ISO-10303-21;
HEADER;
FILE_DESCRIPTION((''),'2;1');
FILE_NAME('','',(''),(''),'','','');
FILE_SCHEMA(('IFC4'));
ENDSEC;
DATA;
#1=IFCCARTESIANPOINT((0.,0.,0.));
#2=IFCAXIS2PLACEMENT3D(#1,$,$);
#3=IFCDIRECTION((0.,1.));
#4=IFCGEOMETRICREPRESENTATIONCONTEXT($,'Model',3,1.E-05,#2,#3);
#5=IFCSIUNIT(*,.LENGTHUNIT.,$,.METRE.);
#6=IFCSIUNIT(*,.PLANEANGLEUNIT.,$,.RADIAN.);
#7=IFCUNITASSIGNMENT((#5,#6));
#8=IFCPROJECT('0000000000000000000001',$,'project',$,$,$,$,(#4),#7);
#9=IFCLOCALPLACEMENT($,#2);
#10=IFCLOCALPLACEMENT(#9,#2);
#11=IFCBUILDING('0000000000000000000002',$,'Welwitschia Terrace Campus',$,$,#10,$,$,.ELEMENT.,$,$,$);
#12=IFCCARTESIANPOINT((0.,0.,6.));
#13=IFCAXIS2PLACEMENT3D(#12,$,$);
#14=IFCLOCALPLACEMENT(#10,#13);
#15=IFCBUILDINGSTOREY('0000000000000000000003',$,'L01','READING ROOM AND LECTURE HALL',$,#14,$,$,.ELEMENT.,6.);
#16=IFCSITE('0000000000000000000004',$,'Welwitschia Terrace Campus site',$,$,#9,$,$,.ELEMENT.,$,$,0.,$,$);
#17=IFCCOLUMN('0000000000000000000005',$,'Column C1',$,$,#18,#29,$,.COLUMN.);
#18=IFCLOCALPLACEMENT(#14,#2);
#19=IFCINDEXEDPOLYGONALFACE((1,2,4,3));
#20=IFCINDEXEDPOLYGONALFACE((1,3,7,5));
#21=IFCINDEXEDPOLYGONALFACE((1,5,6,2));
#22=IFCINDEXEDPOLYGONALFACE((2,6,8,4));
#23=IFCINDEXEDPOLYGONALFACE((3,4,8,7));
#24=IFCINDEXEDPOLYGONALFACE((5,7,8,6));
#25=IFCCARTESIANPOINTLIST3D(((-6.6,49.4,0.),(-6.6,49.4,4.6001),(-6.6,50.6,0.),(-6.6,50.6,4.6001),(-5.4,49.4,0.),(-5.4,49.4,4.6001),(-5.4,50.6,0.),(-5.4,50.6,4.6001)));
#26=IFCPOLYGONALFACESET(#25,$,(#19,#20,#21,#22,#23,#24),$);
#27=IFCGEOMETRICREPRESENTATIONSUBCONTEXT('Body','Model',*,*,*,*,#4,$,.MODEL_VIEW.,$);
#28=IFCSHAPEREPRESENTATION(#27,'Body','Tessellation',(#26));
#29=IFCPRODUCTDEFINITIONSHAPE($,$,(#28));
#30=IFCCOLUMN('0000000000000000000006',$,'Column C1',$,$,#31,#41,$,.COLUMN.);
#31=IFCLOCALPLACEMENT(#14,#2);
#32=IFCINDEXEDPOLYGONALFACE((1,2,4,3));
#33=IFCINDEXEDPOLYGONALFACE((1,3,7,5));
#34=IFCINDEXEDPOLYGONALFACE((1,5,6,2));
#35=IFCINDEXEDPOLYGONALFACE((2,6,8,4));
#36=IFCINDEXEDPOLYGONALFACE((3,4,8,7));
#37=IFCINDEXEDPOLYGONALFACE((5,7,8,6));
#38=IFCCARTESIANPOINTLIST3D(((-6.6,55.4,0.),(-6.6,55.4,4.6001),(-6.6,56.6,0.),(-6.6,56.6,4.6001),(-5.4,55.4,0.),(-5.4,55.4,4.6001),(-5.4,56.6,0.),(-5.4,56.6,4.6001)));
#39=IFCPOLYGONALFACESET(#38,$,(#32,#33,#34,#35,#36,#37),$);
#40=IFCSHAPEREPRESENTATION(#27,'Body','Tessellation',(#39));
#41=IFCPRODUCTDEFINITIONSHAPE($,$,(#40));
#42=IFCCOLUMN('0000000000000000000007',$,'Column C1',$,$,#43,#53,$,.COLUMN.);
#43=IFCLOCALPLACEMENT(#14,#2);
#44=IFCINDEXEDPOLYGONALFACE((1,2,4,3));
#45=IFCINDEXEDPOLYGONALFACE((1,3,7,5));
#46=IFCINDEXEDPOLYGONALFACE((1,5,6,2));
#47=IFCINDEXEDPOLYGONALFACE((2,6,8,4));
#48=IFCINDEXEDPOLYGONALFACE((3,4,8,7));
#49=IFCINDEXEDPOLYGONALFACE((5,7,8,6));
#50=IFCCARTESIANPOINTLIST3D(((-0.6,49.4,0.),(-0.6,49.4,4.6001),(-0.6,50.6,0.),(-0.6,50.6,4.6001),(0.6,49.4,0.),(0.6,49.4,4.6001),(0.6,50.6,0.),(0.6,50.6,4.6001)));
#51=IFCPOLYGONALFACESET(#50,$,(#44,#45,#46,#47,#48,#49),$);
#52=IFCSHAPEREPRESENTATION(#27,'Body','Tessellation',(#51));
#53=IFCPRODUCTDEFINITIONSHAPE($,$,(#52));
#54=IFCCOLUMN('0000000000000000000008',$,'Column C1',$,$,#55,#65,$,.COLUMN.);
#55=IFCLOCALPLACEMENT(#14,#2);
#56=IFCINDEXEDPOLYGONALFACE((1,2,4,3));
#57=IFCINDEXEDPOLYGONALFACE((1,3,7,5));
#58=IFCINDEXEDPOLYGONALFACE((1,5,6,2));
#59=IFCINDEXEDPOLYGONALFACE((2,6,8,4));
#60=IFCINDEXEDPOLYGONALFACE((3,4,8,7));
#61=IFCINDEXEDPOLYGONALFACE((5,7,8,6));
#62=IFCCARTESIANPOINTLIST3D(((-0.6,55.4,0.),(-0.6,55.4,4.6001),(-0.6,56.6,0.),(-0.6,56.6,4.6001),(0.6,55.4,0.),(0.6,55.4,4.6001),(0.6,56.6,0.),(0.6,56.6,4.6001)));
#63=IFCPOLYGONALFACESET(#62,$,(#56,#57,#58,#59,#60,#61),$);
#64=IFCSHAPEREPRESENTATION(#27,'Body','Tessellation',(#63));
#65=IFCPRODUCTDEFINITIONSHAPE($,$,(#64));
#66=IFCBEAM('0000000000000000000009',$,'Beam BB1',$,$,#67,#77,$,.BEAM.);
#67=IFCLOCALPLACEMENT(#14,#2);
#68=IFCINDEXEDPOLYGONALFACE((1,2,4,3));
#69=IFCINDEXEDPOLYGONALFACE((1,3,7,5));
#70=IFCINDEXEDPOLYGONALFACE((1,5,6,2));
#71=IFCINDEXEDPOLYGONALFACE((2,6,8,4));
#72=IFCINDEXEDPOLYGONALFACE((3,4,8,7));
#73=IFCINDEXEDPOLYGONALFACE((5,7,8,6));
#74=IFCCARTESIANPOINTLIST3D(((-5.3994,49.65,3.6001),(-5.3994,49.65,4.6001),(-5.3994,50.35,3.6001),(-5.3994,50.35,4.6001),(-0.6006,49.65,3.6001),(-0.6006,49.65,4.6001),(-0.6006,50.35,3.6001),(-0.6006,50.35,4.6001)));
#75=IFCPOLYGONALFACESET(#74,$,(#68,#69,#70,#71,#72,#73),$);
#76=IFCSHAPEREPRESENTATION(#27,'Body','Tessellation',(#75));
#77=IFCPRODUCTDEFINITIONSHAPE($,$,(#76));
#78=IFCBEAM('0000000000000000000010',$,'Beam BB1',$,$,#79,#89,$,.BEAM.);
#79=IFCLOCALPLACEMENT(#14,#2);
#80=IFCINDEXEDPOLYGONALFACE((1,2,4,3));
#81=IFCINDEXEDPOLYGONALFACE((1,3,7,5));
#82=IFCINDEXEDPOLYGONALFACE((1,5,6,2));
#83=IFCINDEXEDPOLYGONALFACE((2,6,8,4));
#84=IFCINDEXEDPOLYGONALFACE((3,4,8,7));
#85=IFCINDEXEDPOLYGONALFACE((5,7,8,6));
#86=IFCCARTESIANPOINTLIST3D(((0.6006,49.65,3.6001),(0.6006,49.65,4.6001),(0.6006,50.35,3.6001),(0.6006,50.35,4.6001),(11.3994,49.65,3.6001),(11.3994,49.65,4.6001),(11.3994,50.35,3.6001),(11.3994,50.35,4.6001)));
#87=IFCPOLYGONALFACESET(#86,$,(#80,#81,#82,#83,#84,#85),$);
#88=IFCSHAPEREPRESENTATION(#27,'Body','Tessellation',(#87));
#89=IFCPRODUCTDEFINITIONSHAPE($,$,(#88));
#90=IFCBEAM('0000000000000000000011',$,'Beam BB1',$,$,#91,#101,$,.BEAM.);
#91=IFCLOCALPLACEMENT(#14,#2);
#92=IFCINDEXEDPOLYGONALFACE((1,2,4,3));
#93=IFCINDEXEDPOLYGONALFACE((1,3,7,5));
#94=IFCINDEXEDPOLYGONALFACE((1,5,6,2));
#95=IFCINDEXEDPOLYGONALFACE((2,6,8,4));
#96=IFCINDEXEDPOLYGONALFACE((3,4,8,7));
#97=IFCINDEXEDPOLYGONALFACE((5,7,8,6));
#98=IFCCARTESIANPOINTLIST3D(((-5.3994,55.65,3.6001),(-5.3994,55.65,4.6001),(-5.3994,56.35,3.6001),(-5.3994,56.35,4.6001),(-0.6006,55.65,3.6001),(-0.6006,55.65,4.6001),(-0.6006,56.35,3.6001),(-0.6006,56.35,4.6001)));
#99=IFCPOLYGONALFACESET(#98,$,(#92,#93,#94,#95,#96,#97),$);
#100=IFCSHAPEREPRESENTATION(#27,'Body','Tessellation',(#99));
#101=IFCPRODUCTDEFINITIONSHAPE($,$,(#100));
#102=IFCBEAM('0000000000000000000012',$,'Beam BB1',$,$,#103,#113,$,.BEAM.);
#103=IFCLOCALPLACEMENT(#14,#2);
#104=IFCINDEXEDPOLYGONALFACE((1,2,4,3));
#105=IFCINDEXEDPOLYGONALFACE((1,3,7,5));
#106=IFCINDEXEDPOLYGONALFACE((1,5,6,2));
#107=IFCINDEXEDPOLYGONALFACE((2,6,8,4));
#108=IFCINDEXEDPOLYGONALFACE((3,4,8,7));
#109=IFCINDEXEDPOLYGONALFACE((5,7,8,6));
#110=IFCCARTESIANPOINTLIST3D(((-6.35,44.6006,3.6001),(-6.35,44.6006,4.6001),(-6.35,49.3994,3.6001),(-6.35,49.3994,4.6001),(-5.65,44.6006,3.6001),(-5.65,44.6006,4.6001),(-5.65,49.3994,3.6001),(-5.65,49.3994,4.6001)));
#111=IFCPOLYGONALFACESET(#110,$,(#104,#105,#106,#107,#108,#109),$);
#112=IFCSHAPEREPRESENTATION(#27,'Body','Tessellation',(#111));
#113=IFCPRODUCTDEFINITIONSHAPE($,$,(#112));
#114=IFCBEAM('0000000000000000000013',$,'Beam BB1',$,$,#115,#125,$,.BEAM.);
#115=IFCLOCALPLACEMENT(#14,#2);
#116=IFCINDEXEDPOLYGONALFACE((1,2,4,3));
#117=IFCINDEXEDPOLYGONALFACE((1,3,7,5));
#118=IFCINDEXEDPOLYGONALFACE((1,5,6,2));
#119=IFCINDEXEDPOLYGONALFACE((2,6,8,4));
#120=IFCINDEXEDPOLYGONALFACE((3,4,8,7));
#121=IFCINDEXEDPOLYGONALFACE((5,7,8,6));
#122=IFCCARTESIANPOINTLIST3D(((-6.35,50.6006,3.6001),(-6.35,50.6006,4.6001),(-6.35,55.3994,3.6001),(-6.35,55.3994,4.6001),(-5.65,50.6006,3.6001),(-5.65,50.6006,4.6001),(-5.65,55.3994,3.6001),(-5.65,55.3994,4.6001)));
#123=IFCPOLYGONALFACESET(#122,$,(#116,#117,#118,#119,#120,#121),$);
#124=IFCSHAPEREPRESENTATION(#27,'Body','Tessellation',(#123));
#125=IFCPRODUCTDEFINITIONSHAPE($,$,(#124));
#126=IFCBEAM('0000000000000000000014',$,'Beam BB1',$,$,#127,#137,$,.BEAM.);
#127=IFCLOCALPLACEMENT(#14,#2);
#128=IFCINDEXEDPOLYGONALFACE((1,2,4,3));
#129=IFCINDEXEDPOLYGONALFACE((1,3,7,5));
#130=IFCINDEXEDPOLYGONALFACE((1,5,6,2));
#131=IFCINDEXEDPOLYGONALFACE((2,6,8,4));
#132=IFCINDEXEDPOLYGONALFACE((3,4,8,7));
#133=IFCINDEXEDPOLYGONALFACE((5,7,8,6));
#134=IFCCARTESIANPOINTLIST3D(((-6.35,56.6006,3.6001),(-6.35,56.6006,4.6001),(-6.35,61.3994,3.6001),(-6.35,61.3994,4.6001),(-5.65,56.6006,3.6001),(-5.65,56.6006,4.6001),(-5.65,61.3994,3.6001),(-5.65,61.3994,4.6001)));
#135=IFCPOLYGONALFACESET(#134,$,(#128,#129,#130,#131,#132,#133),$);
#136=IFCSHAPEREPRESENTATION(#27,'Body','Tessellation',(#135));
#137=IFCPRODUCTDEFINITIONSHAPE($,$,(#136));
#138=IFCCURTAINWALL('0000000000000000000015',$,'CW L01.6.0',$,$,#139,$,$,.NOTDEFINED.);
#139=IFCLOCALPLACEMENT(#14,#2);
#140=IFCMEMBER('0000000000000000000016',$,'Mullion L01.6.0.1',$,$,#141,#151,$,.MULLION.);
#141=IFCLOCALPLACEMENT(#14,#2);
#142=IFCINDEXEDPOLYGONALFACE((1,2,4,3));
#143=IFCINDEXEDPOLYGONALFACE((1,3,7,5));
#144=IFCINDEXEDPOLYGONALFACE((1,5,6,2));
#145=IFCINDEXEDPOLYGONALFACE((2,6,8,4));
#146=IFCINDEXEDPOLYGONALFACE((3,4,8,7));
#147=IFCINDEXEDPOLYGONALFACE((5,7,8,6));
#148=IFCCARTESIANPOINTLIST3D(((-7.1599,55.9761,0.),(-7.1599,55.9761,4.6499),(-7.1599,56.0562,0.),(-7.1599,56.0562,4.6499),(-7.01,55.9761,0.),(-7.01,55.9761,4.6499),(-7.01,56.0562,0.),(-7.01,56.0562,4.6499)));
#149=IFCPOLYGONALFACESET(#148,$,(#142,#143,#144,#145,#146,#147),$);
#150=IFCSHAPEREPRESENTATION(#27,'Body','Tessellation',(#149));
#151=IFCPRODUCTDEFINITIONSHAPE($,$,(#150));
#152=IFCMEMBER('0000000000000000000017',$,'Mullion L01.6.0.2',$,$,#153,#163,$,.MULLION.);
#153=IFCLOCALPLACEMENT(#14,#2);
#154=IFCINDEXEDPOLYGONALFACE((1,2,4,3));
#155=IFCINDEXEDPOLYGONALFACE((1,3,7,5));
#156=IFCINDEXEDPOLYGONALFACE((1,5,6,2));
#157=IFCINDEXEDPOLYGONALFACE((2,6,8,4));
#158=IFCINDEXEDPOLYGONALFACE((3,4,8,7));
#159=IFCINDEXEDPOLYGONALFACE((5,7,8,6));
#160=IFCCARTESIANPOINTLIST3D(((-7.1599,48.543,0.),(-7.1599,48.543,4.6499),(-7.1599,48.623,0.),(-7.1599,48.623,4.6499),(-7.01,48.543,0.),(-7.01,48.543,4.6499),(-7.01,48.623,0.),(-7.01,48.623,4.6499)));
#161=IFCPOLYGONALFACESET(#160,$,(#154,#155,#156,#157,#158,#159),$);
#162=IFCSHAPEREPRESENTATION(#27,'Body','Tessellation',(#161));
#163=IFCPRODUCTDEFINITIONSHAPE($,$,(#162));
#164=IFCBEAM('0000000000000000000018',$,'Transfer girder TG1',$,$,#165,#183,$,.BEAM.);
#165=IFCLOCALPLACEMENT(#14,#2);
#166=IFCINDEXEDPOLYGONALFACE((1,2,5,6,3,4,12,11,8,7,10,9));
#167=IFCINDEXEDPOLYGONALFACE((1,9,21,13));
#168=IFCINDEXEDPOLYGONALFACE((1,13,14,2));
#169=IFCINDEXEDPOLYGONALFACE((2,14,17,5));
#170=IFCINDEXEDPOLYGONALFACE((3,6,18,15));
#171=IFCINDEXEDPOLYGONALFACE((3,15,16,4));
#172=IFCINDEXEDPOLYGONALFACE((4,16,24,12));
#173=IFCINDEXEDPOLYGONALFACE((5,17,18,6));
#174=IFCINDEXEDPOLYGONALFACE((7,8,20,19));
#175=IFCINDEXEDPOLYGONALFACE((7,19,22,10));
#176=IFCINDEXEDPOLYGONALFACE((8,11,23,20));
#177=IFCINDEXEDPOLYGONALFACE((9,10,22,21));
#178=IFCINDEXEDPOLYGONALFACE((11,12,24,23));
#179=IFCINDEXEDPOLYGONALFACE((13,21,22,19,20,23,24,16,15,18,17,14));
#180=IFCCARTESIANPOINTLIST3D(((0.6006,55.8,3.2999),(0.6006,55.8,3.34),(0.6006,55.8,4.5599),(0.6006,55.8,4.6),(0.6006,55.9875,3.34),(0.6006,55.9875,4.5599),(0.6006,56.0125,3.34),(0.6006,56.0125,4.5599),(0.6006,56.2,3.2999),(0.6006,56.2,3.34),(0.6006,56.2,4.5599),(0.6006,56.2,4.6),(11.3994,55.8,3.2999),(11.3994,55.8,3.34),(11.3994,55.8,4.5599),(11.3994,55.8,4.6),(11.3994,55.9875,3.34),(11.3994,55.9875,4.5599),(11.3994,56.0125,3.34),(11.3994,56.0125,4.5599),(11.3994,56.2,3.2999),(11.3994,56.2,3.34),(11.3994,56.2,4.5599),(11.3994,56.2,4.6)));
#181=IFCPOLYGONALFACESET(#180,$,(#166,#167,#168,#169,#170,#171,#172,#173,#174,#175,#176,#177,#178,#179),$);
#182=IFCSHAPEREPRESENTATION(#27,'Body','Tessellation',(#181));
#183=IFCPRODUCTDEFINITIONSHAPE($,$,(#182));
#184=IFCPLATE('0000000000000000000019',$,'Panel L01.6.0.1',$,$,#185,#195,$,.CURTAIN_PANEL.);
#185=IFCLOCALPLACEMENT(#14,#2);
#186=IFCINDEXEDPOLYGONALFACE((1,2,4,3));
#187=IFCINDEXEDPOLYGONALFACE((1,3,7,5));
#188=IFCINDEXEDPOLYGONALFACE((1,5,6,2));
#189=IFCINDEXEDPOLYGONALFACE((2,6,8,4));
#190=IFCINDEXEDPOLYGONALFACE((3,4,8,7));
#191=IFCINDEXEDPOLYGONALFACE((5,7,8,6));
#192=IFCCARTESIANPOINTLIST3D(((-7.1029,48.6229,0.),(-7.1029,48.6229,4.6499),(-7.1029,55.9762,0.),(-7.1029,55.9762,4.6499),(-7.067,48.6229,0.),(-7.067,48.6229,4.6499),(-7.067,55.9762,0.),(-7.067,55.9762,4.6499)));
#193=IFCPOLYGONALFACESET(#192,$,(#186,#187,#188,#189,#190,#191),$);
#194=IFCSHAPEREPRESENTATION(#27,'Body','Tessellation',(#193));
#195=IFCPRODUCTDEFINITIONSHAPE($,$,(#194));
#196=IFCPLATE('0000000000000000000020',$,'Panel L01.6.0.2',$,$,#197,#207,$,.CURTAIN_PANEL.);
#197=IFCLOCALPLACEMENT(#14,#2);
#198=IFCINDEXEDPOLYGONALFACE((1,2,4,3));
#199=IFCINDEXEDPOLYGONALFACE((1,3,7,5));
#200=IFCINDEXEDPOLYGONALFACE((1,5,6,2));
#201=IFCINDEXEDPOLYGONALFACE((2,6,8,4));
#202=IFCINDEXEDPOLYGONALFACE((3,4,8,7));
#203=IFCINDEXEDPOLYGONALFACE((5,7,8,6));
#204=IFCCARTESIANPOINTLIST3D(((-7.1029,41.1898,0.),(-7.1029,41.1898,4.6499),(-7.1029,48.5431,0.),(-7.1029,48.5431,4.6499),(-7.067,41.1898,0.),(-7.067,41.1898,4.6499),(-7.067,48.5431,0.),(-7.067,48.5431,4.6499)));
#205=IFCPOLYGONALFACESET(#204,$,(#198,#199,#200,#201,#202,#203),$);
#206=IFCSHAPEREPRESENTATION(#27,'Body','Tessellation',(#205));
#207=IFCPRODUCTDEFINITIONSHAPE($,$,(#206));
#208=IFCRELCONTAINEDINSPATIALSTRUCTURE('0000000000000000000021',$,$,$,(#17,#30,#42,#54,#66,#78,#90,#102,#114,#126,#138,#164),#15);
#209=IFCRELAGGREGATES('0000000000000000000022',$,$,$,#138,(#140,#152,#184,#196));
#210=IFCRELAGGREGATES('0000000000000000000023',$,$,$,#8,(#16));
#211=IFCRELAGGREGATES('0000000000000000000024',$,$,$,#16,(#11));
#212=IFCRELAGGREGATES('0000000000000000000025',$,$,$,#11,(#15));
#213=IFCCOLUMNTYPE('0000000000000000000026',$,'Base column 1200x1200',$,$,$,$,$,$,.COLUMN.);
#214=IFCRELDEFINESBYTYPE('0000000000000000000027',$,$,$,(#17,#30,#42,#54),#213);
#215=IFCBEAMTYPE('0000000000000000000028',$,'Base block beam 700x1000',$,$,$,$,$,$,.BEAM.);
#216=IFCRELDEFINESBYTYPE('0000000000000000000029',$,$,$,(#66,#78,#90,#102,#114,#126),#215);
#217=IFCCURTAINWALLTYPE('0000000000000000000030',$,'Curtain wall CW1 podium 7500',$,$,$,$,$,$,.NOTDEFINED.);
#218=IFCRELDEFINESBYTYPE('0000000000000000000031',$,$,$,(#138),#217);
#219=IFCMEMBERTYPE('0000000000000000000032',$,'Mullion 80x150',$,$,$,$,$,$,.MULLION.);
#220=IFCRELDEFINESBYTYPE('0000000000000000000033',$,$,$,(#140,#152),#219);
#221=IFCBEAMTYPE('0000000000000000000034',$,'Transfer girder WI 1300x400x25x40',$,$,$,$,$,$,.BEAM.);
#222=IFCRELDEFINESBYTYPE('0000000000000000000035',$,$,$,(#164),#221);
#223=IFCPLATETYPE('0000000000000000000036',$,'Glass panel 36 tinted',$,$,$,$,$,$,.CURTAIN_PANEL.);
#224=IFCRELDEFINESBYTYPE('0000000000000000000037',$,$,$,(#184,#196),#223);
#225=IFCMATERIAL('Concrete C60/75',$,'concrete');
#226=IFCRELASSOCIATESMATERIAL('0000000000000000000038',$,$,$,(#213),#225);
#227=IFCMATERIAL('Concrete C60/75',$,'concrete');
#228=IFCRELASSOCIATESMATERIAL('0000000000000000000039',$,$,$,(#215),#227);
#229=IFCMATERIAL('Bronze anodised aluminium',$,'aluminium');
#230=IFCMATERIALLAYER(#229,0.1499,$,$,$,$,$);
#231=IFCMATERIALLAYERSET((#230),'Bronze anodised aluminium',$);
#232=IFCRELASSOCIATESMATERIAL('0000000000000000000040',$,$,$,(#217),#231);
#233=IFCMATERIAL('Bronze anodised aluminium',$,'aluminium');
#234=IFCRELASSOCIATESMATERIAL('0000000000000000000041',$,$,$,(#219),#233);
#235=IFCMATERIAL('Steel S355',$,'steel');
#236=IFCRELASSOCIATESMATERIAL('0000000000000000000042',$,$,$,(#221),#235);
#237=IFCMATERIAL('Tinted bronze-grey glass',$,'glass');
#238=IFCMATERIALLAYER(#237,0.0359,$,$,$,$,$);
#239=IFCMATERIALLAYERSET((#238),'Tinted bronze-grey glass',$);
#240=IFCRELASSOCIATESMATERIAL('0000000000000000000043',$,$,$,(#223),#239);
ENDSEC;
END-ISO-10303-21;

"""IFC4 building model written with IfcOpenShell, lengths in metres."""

from ifc_helpers import new_model, si_unit, direction, frame, origin, origin_2d, place, context, subcontext, project, spatial, rectangle, i_section, extrude, material, layer, layer_set, material_profile, profile_set, type_object, element, aggregate, save


model = new_model("IFC4")

# Units and contexts
model_context = context("Model", 3, precision=1e-05, world=origin(), true_north=direction((0.0, 1.0)))
body_context = subcontext(model_context, "Body", "Model", "MODEL_VIEW")
ifc_project = project(units=[si_unit("LENGTHUNIT", "METRE"), si_unit("PLANEANGLEUNIT", "RADIAN")], contexts=[model_context])

# Site, building, storey
site_placement = place(None, origin())
site = spatial("IfcSite", under=ifc_project, at=site_placement, Name="Welwitschia Terrace Campus site", CompositionType="ELEMENT", RefElevation=0.0)
building_placement = place(site_placement, origin())
building = spatial("IfcBuilding", under=site, at=building_placement, Name="Welwitschia Terrace Campus", CompositionType="ELEMENT")
storey_placement = place(building_placement, frame((0.0, 0.0, 6.0)))
storey = spatial("IfcBuildingStorey", under=building, at=storey_placement, Name="L01", Description="READING ROOM AND LECTURE HALL", CompositionType="ELEMENT", Elevation=6.0)

# Columns
ifc_material_1 = material(Name="Concrete C60/75", Category="concrete")
ifc_material_profile_1 = material_profile(ifc_material_1, rectangle(XDim=1.2, YDim=1.2, at=origin_2d()))
ifc_profile_set_1 = profile_set([ifc_material_profile_1], Name="Concrete C60/75")
column_type = type_object("IfcColumnType", Name="Base column 1200x1200", PredefinedType="COLUMN", material=ifc_profile_set_1)
for number, where, z_axis, x_axis, name in (
    (1, (-6.0, 50.0, 0.0), (0.0, 0.0, 1.0), (1.0, 0.0, 0.0), "Column C1"),
    (2, (-6.0, 56.0, 0.0), (0.0, 0.0, 1.0), (1.0, 0.0, 0.0), "Column C1"),
    (3, (0.0, 50.0, 0.0), (0.0, 0.0, 1.0), (1.0, 0.0, 0.0), "Column C1"),
    (4, (0.0, 56.0, 0.0), (0.0, 0.0, 1.0), (1.0, 0.0, 0.0), "Column C1"),
):
    element("IfcColumn", number, at=place(storey_placement, frame(where, z_axis=z_axis, x_axis=x_axis)), inside=storey, type_object=column_type, Name=name, PredefinedType="COLUMN", context=body_context, shape_type="SweptSolid", body=[
        extrude(rectangle(XDim=1.2, YDim=1.2, at=origin_2d()), origin(), (0.0, 0.0, 1.0), 4.6001),
    ])

# Beams
ifc_material_2 = material(Name="Concrete C60/75", Category="concrete")
ifc_material_profile_2 = material_profile(ifc_material_2, rectangle(XDim=0.7, YDim=1.0, at=origin_2d()))
ifc_profile_set_2 = profile_set([ifc_material_profile_2], Name="Concrete C60/75")
beam_type_1 = type_object("IfcBeamType", Name="Base block beam 700x1000", PredefinedType="BEAM", material=ifc_profile_set_2)
beam_1_placement = place(storey_placement, frame((-5.3994, 50.0, 4.1001), z_axis=(1.0, 0.0, 0.0), x_axis=(0.0, 1.0, 0.0)))
element("IfcBeam", 5, at=beam_1_placement, inside=storey, type_object=beam_type_1, Name="Beam BB1", PredefinedType="BEAM", context=body_context, shape_type="SweptSolid", body=[
    extrude(rectangle(XDim=0.7, YDim=1.0, at=origin_2d()), origin(), (0.0, 0.0, 1.0), 4.7988),
])
beam_2_placement = place(storey_placement, frame((0.6006, 50.0, 4.1001), z_axis=(1.0, 0.0, 0.0), x_axis=(0.0, 1.0, 0.0)))
element("IfcBeam", 6, at=beam_2_placement, inside=storey, type_object=beam_type_1, Name="Beam BB1", PredefinedType="BEAM", context=body_context, shape_type="SweptSolid", body=[
    extrude(rectangle(XDim=0.7, YDim=1.0, at=origin_2d()), origin(), (0.0, 0.0, 1.0), 10.7988),
])
for number, where, z_axis, x_axis, name in (
    (7, (-5.3994, 56.0, 4.1001), (1.0, 0.0, 0.0), (0.0, 1.0, 0.0), "Beam BB1"),
    (8, (-6.0, 44.6006, 4.1001), (0.0, 1.0, 0.0), (-1.0, 0.0, 0.0), "Beam BB1"),
    (9, (-6.0, 50.6006, 4.1001), (0.0, 1.0, 0.0), (-1.0, 0.0, 0.0), "Beam BB1"),
    (10, (-6.0, 56.6006, 4.1001), (0.0, 1.0, 0.0), (-1.0, 0.0, 0.0), "Beam BB1"),
):
    element("IfcBeam", number, at=place(storey_placement, frame(where, z_axis=z_axis, x_axis=x_axis)), inside=storey, type_object=beam_type_1, Name=name, PredefinedType="BEAM", context=body_context, shape_type="SweptSolid", body=[
        extrude(rectangle(XDim=0.7, YDim=1.0, at=origin_2d()), origin(), (0.0, 0.0, 1.0), 4.7988),
    ])

# Curtain wall, members
ifc_material_3 = material(Name="Bronze anodised aluminium", Category="aluminium")
ifc_layer_1 = layer(ifc_material_3, 0.1499)
ifc_layer_set_1 = layer_set([ifc_layer_1], Name="Bronze anodised aluminium")
curtain_wall_type = type_object("IfcCurtainWallType", Name="Curtain wall CW1 podium 7500", PredefinedType="NOTDEFINED", material=ifc_layer_set_1)
curtain_wall_placement = place(storey_placement, origin())
curtain_wall = element("IfcCurtainWall", 11, at=curtain_wall_placement, inside=storey, type_object=curtain_wall_type, Name="CW L01.6.0", PredefinedType="NOTDEFINED")
ifc_material_4 = material(Name="Bronze anodised aluminium", Category="aluminium")
ifc_material_profile_3 = material_profile(ifc_material_4, rectangle(XDim=0.1499, YDim=0.0801, at=origin_2d()))
ifc_profile_set_3 = profile_set([ifc_material_profile_3], Name="Bronze anodised aluminium")
member_type = type_object("IfcMemberType", Name="Mullion 80x150", PredefinedType="MULLION", material=ifc_profile_set_3)
member_1_placement = place(storey_placement, frame((-7.085, 56.0161, 0.0), z_axis=(0.0, 0.0, 1.0), x_axis=(1.0, 0.0, 0.0)))
member_1 = element("IfcMember", 12, at=member_1_placement, type_object=member_type, Name="Mullion L01.6.0.1", PredefinedType="MULLION", context=body_context, shape_type="SweptSolid", body=[
    extrude(rectangle(XDim=0.1499, YDim=0.0801, at=origin_2d()), origin(), (0.0, 0.0, 1.0), 4.6499),
])
member_2_placement = place(storey_placement, frame((-7.085, 48.583, 0.0), z_axis=(0.0, 0.0, 1.0), x_axis=(1.0, 0.0, 0.0)))
member_2 = element("IfcMember", 13, at=member_2_placement, type_object=member_type, Name="Mullion L01.6.0.2", PredefinedType="MULLION", context=body_context, shape_type="SweptSolid", body=[
    extrude(rectangle(XDim=0.1499, YDim=0.0801, at=origin_2d()), origin(), (0.0, 0.0, 1.0), 4.6499),
])

# Beam
ifc_material_5 = material(Name="Steel S355", Category="steel")
ifc_material_profile_4 = material_profile(ifc_material_5, i_section(OverallWidth=0.3999, OverallDepth=1.3, WebThickness=0.0249, FlangeThickness=0.04, at=origin_2d()))
ifc_profile_set_4 = profile_set([ifc_material_profile_4], Name="Steel S355")
beam_type_2 = type_object("IfcBeamType", Name="Transfer girder WI 1300x400x25x40", PredefinedType="BEAM", material=ifc_profile_set_4)
beam_3_placement = place(storey_placement, frame((0.6006, 56.0, 3.95), z_axis=(1.0, 0.0, 0.0), x_axis=(0.0, 1.0, 0.0)))
element("IfcBeam", 14, at=beam_3_placement, inside=storey, type_object=beam_type_2, Name="Transfer girder TG1", PredefinedType="BEAM", context=body_context, shape_type="SweptSolid", body=[
    extrude(i_section(OverallWidth=0.3999, OverallDepth=1.3, WebThickness=0.0249, FlangeThickness=0.04, at=origin_2d()), origin(), (0.0, 0.0, 1.0), 10.7988),
])

# Plates
ifc_material_6 = material(Name="Tinted bronze-grey glass", Category="glass")
ifc_layer_2 = layer(ifc_material_6, 0.0359)
ifc_layer_set_2 = layer_set([ifc_layer_2], Name="Tinted bronze-grey glass")
plate_type = type_object("IfcPlateType", Name="Glass panel 36 tinted", PredefinedType="CURTAIN_PANEL", material=ifc_layer_set_2)
plate_1_placement = place(storey_placement, frame((-7.085, 52.2996, 0.0), z_axis=(0.0, 0.0, 1.0), x_axis=(0.0, -1.0, 0.0)))
plate_1 = element("IfcPlate", 15, at=plate_1_placement, type_object=plate_type, Name="Panel L01.6.0.1", PredefinedType="CURTAIN_PANEL", context=body_context, shape_type="SweptSolid", body=[
    extrude(rectangle(XDim=7.3533, YDim=0.0359, at=origin_2d()), origin(), (0.0, 0.0, 1.0), 4.6499),
])
plate_2_placement = place(storey_placement, frame((-7.085, 44.8665, 0.0), z_axis=(0.0, 0.0, 1.0), x_axis=(0.0, -1.0, 0.0)))
plate_2 = element("IfcPlate", 16, at=plate_2_placement, type_object=plate_type, Name="Panel L01.6.0.2", PredefinedType="CURTAIN_PANEL", context=body_context, shape_type="SweptSolid", body=[
    extrude(rectangle(XDim=7.3533, YDim=0.0359, at=origin_2d()), origin(), (0.0, 0.0, 1.0), 4.6499),
])
aggregate(curtain_wall, [member_1, member_2, plate_1, plate_2])

save(model, "model.ifc")
